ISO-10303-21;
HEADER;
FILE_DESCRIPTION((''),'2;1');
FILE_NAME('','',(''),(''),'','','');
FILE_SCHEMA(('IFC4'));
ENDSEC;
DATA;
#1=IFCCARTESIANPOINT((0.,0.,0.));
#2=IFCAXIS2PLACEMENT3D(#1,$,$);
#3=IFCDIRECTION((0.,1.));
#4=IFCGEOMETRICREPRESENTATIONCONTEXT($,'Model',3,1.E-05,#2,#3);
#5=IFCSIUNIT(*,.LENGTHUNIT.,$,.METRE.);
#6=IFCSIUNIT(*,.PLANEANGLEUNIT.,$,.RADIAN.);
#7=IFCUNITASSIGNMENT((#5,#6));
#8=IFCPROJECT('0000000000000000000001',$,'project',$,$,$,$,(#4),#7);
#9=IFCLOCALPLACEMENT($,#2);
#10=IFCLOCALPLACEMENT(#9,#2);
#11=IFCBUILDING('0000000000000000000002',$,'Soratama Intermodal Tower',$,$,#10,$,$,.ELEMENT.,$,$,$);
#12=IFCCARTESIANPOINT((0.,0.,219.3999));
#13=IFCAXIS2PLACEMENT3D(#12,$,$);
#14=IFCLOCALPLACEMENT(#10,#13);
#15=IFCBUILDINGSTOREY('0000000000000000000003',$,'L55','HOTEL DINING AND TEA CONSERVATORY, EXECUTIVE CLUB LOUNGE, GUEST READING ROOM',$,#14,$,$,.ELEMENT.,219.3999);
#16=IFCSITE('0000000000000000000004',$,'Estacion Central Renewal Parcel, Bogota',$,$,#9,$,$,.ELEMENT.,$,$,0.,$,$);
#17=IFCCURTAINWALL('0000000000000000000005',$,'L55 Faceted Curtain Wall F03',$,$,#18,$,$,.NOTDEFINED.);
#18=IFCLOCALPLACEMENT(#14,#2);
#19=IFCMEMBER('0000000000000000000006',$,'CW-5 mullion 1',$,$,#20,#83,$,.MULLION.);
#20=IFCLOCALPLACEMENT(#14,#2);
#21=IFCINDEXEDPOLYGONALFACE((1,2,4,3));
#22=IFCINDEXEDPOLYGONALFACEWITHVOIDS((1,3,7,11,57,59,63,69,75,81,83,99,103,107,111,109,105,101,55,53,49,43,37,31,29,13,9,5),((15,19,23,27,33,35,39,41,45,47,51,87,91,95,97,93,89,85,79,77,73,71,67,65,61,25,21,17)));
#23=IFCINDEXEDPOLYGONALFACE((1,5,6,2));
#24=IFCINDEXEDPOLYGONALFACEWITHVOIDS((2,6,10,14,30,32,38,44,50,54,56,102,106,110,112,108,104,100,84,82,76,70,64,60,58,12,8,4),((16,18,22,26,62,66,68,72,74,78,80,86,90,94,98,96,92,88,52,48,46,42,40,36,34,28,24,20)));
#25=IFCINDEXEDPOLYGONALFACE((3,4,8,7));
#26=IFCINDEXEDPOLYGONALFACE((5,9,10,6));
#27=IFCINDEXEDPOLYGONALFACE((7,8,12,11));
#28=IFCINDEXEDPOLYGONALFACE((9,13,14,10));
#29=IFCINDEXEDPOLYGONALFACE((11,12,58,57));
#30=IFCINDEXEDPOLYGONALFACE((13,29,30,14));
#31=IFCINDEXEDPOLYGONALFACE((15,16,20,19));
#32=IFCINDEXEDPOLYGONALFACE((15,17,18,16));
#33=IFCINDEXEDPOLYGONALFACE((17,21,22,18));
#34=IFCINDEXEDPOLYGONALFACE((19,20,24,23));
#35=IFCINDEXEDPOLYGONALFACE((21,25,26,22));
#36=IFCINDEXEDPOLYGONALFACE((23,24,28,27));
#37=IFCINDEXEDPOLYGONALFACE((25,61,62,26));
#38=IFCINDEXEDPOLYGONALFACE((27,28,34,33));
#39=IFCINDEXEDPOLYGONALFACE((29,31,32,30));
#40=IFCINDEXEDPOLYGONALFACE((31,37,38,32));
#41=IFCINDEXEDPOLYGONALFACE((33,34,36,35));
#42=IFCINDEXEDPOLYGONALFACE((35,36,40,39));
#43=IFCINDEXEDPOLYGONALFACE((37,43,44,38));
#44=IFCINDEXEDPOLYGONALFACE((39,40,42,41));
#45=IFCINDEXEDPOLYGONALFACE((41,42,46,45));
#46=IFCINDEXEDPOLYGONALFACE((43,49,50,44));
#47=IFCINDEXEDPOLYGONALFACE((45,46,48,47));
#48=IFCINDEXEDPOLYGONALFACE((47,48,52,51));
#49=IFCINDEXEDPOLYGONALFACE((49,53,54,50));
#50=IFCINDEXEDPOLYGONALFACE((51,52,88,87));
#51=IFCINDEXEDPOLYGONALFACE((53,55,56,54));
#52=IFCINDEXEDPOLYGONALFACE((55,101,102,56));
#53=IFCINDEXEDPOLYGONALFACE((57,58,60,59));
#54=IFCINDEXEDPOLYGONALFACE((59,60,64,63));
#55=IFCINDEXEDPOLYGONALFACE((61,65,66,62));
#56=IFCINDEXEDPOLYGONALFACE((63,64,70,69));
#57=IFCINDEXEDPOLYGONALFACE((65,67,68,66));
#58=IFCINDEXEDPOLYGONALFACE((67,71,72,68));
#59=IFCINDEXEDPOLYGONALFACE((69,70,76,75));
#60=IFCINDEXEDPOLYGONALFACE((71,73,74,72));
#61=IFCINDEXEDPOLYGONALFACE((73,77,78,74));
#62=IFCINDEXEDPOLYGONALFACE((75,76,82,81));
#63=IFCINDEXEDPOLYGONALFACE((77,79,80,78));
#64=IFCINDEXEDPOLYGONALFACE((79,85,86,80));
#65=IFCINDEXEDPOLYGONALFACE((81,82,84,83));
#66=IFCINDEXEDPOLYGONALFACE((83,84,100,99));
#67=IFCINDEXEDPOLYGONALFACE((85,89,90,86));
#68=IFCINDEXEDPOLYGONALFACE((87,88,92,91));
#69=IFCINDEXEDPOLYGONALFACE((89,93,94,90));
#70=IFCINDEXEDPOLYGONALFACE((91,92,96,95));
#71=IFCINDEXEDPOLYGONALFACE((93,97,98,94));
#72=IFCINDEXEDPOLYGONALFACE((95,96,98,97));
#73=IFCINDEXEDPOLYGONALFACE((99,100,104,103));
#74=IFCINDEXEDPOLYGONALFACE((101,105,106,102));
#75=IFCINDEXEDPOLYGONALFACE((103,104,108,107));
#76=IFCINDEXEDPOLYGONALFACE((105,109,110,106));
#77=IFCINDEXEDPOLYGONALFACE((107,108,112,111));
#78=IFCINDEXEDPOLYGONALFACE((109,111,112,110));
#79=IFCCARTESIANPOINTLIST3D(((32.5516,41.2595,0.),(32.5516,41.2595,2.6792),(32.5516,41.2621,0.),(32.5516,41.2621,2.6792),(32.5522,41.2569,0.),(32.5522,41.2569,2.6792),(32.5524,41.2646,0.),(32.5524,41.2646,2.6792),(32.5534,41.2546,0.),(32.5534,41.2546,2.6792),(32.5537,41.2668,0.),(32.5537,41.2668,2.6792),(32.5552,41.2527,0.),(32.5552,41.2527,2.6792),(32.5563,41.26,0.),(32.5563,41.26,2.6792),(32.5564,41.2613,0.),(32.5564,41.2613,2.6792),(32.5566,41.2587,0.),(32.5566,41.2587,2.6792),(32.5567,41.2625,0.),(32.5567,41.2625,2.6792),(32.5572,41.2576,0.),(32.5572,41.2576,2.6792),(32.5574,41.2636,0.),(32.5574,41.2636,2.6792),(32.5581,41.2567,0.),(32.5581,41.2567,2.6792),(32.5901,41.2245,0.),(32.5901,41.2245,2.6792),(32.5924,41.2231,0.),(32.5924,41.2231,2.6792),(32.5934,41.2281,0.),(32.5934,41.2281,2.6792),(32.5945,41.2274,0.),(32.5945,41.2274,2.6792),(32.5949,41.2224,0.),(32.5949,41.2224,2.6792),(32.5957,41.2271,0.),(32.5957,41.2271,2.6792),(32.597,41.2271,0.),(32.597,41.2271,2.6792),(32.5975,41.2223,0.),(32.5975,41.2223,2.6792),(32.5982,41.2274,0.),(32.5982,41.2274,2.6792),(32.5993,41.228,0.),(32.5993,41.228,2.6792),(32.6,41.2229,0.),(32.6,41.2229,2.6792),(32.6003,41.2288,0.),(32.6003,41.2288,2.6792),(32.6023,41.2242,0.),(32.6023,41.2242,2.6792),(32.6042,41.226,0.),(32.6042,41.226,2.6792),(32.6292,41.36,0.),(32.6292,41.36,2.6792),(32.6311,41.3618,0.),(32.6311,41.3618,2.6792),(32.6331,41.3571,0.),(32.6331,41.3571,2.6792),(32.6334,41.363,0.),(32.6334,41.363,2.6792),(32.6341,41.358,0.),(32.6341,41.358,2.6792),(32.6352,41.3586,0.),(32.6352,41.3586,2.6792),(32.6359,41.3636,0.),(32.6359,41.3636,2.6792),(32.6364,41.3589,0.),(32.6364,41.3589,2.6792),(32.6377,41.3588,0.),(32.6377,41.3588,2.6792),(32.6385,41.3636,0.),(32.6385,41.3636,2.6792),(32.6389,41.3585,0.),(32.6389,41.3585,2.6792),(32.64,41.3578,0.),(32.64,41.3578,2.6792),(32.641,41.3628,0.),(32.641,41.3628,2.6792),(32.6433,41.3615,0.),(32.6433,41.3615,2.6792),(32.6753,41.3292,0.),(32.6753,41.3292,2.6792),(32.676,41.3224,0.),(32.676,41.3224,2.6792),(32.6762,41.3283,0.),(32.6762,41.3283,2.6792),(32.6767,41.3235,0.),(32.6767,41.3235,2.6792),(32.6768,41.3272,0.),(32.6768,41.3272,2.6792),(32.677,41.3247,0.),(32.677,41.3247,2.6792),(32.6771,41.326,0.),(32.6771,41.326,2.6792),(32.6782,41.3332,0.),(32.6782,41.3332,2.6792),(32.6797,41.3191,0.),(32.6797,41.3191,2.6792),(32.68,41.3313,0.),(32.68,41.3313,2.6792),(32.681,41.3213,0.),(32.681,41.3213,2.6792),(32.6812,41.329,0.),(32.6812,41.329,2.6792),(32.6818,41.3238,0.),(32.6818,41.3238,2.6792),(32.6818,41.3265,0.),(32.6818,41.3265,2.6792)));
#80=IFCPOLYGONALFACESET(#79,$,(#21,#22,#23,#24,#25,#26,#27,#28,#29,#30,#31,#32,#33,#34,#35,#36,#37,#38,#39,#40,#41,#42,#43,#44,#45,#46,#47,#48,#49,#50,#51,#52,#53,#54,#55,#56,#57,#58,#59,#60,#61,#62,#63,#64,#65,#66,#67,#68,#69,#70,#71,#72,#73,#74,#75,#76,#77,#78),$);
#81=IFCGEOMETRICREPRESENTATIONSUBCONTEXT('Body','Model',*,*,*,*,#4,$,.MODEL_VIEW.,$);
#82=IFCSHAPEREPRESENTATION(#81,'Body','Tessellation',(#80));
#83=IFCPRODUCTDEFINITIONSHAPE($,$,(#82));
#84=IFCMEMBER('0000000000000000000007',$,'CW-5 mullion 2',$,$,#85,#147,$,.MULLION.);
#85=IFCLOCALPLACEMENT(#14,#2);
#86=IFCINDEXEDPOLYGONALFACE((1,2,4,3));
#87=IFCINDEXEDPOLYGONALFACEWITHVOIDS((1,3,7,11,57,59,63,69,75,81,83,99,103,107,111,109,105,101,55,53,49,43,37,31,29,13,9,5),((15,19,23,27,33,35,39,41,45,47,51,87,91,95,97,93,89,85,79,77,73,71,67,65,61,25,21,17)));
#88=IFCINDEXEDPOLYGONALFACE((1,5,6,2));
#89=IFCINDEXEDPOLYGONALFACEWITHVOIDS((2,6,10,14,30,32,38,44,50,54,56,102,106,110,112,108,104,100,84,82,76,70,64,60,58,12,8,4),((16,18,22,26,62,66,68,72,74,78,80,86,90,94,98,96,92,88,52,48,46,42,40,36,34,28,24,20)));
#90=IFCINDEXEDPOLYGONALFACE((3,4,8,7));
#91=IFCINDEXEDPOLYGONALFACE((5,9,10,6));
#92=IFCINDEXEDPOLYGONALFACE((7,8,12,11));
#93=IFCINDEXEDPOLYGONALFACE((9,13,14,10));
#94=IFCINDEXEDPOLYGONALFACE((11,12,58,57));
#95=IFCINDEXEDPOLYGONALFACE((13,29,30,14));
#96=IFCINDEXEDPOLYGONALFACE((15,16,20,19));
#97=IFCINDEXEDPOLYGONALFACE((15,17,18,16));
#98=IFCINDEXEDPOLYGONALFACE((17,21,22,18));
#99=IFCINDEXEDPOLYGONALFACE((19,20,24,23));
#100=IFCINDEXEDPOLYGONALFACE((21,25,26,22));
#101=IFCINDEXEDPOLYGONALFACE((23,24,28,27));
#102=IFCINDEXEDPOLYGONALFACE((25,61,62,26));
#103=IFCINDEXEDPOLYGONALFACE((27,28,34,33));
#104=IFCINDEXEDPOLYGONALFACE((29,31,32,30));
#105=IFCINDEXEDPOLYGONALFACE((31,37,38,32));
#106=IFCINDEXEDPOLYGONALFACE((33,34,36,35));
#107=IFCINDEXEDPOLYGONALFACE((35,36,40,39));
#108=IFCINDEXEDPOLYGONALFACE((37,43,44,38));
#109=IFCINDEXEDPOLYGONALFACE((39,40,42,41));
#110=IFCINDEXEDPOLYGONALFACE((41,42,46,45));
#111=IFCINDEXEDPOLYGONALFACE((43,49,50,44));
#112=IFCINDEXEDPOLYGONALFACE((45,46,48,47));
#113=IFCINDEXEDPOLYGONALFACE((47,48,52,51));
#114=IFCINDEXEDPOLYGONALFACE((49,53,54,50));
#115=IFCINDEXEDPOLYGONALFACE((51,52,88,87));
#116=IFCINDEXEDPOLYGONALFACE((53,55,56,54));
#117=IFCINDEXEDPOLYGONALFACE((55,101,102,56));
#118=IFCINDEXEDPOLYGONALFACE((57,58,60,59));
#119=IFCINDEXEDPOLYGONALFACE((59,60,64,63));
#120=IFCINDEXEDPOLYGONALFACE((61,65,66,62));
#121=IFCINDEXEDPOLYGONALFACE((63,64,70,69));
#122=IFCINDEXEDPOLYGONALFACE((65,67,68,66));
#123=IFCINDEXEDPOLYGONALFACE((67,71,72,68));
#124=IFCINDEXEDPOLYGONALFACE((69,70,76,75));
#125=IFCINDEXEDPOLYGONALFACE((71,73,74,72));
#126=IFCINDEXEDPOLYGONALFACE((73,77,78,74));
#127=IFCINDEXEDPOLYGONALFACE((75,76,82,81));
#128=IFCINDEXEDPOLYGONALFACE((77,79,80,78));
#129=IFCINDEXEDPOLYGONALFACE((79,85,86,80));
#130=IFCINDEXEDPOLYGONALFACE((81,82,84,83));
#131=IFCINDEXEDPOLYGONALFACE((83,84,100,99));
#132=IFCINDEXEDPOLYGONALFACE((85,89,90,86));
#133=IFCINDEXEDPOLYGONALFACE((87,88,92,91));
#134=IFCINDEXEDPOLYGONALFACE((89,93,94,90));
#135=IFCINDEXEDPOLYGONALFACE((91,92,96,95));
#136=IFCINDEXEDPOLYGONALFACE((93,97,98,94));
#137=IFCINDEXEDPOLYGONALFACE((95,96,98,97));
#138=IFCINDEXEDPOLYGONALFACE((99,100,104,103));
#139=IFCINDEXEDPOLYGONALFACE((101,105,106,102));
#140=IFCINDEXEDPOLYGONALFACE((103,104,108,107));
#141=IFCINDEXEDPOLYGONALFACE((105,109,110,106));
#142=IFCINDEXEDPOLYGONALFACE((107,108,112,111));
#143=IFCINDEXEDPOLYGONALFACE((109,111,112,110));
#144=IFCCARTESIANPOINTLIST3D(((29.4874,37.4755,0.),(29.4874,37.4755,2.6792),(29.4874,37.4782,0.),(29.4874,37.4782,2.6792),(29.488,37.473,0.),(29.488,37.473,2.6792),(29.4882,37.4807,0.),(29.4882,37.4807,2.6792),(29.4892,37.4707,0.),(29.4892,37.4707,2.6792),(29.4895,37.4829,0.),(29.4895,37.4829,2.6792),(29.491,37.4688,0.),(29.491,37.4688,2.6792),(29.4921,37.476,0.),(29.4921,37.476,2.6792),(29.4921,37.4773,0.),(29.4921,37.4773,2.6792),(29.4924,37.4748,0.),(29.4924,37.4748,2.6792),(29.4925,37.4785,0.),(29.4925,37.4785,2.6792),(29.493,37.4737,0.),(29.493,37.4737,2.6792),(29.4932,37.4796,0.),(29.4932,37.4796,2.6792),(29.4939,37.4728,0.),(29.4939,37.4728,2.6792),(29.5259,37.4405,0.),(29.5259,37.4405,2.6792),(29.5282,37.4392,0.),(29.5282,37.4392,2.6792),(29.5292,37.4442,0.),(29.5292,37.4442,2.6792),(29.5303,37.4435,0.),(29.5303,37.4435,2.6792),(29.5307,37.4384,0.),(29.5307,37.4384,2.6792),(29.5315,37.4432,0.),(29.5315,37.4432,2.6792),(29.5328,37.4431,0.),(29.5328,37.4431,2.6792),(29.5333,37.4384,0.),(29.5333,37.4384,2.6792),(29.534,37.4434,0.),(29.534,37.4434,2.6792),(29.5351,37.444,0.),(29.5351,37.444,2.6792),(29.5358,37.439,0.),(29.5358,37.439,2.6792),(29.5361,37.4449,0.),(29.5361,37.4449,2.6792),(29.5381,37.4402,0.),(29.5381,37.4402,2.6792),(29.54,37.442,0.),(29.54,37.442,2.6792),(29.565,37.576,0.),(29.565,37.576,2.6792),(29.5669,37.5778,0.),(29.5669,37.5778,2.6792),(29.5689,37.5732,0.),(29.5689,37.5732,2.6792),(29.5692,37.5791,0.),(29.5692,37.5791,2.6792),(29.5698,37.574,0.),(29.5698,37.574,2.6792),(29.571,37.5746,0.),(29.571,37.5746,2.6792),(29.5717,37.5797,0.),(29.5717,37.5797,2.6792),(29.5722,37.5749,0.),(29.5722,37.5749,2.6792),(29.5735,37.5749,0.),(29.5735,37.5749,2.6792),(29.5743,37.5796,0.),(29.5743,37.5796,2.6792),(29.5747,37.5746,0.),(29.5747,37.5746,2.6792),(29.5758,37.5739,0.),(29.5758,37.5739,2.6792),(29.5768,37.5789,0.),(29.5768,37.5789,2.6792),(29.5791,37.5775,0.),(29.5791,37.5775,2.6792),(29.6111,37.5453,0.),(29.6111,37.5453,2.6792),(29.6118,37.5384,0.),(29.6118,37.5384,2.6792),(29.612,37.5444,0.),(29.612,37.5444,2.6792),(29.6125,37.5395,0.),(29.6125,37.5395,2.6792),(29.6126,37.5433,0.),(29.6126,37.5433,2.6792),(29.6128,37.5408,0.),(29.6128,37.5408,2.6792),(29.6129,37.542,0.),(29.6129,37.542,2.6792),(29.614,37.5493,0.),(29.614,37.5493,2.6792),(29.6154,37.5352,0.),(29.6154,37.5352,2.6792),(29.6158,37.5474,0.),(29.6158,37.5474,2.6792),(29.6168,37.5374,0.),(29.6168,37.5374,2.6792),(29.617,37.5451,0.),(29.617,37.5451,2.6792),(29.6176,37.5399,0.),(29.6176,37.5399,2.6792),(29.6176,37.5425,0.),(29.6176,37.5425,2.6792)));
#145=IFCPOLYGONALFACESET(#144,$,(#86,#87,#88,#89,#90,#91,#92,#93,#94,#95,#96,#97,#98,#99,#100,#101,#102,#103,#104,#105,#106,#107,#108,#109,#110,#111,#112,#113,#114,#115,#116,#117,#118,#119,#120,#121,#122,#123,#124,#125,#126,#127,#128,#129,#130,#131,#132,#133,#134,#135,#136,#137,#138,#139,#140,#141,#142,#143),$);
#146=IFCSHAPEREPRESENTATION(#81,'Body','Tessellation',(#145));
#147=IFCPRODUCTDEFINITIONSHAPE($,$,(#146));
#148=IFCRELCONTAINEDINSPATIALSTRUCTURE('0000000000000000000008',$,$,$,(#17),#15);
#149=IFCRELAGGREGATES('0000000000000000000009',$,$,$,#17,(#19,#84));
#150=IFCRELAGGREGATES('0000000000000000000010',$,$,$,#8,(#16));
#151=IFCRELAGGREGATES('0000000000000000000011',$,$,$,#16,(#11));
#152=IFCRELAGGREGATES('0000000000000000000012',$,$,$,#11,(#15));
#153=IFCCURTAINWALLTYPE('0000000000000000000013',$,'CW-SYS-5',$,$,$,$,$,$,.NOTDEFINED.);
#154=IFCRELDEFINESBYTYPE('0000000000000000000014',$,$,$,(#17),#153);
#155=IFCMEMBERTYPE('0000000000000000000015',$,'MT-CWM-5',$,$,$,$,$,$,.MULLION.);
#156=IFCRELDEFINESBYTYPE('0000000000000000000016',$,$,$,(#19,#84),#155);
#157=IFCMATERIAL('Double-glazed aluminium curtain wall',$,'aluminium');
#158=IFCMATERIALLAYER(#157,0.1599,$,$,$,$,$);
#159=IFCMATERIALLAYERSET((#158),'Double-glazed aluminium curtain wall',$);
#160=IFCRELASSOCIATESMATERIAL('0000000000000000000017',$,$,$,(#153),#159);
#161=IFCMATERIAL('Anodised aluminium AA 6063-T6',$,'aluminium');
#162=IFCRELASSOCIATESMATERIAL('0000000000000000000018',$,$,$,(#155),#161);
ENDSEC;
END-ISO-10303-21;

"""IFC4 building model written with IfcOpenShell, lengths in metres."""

from ifc_helpers import new_model, si_unit, direction, frame, origin, origin_2d, place, context, subcontext, project, spatial, hollow_rectangle, extrude, material, layer, layer_set, material_profile, profile_set, type_object, element, aggregate, save


model = new_model("IFC4")

# Units and contexts
model_context = context("Model", 3, precision=1e-05, world=origin(), true_north=direction((0.0, 1.0)))
body_context = subcontext(model_context, "Body", "Model", "MODEL_VIEW")
ifc_project = project(units=[si_unit("LENGTHUNIT", "METRE"), si_unit("PLANEANGLEUNIT", "RADIAN")], contexts=[model_context])

# Site, building, storey
site_placement = place(None, origin())
site = spatial("IfcSite", under=ifc_project, at=site_placement, Name="Estacion Central Renewal Parcel, Bogota", CompositionType="ELEMENT", RefElevation=0.0)
building_placement = place(site_placement, origin())
building = spatial("IfcBuilding", under=site, at=building_placement, Name="Soratama Intermodal Tower", CompositionType="ELEMENT")
storey_placement = place(building_placement, frame((0.0, 0.0, 219.3999)))
storey = spatial("IfcBuildingStorey", under=building, at=storey_placement, Name="L55", Description="HOTEL DINING AND TEA CONSERVATORY, EXECUTIVE CLUB LOUNGE, GUEST READING ROOM", CompositionType="ELEMENT", Elevation=219.3999)

# Curtain wall, members
ifc_material_1 = material(Name="Double-glazed aluminium curtain wall", Category="aluminium")
ifc_layer_1 = layer(ifc_material_1, 0.1599)
ifc_layer_set_1 = layer_set([ifc_layer_1], Name="Double-glazed aluminium curtain wall")
curtain_wall_type = type_object("IfcCurtainWallType", Name="CW-SYS-5", PredefinedType="NOTDEFINED", material=ifc_layer_set_1)
curtain_wall_placement = place(storey_placement, origin())
curtain_wall = element("IfcCurtainWall", 1, at=curtain_wall_placement, inside=storey, type_object=curtain_wall_type, Name="L55 Faceted Curtain Wall F03", PredefinedType="NOTDEFINED")
ifc_material_2 = material(Name="Anodised aluminium AA 6063-T6", Category="aluminium")
ifc_material_profile_1 = material_profile(ifc_material_2, hollow_rectangle(XDim=0.0649, YDim=0.1399, WallThickness=0.0049, InnerFilletRadius=0.0049, OuterFilletRadius=0.01, at=origin_2d()), Name="CWM140X65X5")
ifc_profile_set_1 = profile_set([ifc_material_profile_1], Name="Anodised aluminium AA 6063-T6")
member_type_1 = type_object("IfcMemberType", Name="MT-CWM-5", PredefinedType="MULLION", material=ifc_profile_set_1)
member_1_placement = place(storey_placement, frame((32.6167, 41.293, 0.0), z_axis=(0.0, 0.0, 1.0), x_axis=(0.777153, -0.629312, 0.0)))
member_1 = element("IfcMember", 2, at=member_1_placement, type_object=member_type_1, Name="CW-5 mullion 1", PredefinedType="MULLION", context=body_context, shape_type="SweptSolid", body=[
    extrude(hollow_rectangle(XDim=0.0649, YDim=0.1399, WallThickness=0.0049, InnerFilletRadius=0.0049, OuterFilletRadius=0.01, at=origin_2d()), origin(), (0.0, 0.0, 1.0), 2.6792),
])
member_2_placement = place(storey_placement, frame((29.5525, 37.509, 0.0), z_axis=(0.0, 0.0, 1.0), x_axis=(0.777153, -0.629312, 0.0)))
member_2 = element("IfcMember", 3, at=member_2_placement, type_object=member_type_1, Name="CW-5 mullion 2", PredefinedType="MULLION", context=body_context, shape_type="SweptSolid", body=[
    extrude(hollow_rectangle(XDim=0.0649, YDim=0.1399, WallThickness=0.0049, InnerFilletRadius=0.0049, OuterFilletRadius=0.01, at=origin_2d()), origin(), (0.0, 0.0, 1.0), 2.6792),
])
aggregate(curtain_wall, [member_1, member_2])

save(model, "model.ifc")
